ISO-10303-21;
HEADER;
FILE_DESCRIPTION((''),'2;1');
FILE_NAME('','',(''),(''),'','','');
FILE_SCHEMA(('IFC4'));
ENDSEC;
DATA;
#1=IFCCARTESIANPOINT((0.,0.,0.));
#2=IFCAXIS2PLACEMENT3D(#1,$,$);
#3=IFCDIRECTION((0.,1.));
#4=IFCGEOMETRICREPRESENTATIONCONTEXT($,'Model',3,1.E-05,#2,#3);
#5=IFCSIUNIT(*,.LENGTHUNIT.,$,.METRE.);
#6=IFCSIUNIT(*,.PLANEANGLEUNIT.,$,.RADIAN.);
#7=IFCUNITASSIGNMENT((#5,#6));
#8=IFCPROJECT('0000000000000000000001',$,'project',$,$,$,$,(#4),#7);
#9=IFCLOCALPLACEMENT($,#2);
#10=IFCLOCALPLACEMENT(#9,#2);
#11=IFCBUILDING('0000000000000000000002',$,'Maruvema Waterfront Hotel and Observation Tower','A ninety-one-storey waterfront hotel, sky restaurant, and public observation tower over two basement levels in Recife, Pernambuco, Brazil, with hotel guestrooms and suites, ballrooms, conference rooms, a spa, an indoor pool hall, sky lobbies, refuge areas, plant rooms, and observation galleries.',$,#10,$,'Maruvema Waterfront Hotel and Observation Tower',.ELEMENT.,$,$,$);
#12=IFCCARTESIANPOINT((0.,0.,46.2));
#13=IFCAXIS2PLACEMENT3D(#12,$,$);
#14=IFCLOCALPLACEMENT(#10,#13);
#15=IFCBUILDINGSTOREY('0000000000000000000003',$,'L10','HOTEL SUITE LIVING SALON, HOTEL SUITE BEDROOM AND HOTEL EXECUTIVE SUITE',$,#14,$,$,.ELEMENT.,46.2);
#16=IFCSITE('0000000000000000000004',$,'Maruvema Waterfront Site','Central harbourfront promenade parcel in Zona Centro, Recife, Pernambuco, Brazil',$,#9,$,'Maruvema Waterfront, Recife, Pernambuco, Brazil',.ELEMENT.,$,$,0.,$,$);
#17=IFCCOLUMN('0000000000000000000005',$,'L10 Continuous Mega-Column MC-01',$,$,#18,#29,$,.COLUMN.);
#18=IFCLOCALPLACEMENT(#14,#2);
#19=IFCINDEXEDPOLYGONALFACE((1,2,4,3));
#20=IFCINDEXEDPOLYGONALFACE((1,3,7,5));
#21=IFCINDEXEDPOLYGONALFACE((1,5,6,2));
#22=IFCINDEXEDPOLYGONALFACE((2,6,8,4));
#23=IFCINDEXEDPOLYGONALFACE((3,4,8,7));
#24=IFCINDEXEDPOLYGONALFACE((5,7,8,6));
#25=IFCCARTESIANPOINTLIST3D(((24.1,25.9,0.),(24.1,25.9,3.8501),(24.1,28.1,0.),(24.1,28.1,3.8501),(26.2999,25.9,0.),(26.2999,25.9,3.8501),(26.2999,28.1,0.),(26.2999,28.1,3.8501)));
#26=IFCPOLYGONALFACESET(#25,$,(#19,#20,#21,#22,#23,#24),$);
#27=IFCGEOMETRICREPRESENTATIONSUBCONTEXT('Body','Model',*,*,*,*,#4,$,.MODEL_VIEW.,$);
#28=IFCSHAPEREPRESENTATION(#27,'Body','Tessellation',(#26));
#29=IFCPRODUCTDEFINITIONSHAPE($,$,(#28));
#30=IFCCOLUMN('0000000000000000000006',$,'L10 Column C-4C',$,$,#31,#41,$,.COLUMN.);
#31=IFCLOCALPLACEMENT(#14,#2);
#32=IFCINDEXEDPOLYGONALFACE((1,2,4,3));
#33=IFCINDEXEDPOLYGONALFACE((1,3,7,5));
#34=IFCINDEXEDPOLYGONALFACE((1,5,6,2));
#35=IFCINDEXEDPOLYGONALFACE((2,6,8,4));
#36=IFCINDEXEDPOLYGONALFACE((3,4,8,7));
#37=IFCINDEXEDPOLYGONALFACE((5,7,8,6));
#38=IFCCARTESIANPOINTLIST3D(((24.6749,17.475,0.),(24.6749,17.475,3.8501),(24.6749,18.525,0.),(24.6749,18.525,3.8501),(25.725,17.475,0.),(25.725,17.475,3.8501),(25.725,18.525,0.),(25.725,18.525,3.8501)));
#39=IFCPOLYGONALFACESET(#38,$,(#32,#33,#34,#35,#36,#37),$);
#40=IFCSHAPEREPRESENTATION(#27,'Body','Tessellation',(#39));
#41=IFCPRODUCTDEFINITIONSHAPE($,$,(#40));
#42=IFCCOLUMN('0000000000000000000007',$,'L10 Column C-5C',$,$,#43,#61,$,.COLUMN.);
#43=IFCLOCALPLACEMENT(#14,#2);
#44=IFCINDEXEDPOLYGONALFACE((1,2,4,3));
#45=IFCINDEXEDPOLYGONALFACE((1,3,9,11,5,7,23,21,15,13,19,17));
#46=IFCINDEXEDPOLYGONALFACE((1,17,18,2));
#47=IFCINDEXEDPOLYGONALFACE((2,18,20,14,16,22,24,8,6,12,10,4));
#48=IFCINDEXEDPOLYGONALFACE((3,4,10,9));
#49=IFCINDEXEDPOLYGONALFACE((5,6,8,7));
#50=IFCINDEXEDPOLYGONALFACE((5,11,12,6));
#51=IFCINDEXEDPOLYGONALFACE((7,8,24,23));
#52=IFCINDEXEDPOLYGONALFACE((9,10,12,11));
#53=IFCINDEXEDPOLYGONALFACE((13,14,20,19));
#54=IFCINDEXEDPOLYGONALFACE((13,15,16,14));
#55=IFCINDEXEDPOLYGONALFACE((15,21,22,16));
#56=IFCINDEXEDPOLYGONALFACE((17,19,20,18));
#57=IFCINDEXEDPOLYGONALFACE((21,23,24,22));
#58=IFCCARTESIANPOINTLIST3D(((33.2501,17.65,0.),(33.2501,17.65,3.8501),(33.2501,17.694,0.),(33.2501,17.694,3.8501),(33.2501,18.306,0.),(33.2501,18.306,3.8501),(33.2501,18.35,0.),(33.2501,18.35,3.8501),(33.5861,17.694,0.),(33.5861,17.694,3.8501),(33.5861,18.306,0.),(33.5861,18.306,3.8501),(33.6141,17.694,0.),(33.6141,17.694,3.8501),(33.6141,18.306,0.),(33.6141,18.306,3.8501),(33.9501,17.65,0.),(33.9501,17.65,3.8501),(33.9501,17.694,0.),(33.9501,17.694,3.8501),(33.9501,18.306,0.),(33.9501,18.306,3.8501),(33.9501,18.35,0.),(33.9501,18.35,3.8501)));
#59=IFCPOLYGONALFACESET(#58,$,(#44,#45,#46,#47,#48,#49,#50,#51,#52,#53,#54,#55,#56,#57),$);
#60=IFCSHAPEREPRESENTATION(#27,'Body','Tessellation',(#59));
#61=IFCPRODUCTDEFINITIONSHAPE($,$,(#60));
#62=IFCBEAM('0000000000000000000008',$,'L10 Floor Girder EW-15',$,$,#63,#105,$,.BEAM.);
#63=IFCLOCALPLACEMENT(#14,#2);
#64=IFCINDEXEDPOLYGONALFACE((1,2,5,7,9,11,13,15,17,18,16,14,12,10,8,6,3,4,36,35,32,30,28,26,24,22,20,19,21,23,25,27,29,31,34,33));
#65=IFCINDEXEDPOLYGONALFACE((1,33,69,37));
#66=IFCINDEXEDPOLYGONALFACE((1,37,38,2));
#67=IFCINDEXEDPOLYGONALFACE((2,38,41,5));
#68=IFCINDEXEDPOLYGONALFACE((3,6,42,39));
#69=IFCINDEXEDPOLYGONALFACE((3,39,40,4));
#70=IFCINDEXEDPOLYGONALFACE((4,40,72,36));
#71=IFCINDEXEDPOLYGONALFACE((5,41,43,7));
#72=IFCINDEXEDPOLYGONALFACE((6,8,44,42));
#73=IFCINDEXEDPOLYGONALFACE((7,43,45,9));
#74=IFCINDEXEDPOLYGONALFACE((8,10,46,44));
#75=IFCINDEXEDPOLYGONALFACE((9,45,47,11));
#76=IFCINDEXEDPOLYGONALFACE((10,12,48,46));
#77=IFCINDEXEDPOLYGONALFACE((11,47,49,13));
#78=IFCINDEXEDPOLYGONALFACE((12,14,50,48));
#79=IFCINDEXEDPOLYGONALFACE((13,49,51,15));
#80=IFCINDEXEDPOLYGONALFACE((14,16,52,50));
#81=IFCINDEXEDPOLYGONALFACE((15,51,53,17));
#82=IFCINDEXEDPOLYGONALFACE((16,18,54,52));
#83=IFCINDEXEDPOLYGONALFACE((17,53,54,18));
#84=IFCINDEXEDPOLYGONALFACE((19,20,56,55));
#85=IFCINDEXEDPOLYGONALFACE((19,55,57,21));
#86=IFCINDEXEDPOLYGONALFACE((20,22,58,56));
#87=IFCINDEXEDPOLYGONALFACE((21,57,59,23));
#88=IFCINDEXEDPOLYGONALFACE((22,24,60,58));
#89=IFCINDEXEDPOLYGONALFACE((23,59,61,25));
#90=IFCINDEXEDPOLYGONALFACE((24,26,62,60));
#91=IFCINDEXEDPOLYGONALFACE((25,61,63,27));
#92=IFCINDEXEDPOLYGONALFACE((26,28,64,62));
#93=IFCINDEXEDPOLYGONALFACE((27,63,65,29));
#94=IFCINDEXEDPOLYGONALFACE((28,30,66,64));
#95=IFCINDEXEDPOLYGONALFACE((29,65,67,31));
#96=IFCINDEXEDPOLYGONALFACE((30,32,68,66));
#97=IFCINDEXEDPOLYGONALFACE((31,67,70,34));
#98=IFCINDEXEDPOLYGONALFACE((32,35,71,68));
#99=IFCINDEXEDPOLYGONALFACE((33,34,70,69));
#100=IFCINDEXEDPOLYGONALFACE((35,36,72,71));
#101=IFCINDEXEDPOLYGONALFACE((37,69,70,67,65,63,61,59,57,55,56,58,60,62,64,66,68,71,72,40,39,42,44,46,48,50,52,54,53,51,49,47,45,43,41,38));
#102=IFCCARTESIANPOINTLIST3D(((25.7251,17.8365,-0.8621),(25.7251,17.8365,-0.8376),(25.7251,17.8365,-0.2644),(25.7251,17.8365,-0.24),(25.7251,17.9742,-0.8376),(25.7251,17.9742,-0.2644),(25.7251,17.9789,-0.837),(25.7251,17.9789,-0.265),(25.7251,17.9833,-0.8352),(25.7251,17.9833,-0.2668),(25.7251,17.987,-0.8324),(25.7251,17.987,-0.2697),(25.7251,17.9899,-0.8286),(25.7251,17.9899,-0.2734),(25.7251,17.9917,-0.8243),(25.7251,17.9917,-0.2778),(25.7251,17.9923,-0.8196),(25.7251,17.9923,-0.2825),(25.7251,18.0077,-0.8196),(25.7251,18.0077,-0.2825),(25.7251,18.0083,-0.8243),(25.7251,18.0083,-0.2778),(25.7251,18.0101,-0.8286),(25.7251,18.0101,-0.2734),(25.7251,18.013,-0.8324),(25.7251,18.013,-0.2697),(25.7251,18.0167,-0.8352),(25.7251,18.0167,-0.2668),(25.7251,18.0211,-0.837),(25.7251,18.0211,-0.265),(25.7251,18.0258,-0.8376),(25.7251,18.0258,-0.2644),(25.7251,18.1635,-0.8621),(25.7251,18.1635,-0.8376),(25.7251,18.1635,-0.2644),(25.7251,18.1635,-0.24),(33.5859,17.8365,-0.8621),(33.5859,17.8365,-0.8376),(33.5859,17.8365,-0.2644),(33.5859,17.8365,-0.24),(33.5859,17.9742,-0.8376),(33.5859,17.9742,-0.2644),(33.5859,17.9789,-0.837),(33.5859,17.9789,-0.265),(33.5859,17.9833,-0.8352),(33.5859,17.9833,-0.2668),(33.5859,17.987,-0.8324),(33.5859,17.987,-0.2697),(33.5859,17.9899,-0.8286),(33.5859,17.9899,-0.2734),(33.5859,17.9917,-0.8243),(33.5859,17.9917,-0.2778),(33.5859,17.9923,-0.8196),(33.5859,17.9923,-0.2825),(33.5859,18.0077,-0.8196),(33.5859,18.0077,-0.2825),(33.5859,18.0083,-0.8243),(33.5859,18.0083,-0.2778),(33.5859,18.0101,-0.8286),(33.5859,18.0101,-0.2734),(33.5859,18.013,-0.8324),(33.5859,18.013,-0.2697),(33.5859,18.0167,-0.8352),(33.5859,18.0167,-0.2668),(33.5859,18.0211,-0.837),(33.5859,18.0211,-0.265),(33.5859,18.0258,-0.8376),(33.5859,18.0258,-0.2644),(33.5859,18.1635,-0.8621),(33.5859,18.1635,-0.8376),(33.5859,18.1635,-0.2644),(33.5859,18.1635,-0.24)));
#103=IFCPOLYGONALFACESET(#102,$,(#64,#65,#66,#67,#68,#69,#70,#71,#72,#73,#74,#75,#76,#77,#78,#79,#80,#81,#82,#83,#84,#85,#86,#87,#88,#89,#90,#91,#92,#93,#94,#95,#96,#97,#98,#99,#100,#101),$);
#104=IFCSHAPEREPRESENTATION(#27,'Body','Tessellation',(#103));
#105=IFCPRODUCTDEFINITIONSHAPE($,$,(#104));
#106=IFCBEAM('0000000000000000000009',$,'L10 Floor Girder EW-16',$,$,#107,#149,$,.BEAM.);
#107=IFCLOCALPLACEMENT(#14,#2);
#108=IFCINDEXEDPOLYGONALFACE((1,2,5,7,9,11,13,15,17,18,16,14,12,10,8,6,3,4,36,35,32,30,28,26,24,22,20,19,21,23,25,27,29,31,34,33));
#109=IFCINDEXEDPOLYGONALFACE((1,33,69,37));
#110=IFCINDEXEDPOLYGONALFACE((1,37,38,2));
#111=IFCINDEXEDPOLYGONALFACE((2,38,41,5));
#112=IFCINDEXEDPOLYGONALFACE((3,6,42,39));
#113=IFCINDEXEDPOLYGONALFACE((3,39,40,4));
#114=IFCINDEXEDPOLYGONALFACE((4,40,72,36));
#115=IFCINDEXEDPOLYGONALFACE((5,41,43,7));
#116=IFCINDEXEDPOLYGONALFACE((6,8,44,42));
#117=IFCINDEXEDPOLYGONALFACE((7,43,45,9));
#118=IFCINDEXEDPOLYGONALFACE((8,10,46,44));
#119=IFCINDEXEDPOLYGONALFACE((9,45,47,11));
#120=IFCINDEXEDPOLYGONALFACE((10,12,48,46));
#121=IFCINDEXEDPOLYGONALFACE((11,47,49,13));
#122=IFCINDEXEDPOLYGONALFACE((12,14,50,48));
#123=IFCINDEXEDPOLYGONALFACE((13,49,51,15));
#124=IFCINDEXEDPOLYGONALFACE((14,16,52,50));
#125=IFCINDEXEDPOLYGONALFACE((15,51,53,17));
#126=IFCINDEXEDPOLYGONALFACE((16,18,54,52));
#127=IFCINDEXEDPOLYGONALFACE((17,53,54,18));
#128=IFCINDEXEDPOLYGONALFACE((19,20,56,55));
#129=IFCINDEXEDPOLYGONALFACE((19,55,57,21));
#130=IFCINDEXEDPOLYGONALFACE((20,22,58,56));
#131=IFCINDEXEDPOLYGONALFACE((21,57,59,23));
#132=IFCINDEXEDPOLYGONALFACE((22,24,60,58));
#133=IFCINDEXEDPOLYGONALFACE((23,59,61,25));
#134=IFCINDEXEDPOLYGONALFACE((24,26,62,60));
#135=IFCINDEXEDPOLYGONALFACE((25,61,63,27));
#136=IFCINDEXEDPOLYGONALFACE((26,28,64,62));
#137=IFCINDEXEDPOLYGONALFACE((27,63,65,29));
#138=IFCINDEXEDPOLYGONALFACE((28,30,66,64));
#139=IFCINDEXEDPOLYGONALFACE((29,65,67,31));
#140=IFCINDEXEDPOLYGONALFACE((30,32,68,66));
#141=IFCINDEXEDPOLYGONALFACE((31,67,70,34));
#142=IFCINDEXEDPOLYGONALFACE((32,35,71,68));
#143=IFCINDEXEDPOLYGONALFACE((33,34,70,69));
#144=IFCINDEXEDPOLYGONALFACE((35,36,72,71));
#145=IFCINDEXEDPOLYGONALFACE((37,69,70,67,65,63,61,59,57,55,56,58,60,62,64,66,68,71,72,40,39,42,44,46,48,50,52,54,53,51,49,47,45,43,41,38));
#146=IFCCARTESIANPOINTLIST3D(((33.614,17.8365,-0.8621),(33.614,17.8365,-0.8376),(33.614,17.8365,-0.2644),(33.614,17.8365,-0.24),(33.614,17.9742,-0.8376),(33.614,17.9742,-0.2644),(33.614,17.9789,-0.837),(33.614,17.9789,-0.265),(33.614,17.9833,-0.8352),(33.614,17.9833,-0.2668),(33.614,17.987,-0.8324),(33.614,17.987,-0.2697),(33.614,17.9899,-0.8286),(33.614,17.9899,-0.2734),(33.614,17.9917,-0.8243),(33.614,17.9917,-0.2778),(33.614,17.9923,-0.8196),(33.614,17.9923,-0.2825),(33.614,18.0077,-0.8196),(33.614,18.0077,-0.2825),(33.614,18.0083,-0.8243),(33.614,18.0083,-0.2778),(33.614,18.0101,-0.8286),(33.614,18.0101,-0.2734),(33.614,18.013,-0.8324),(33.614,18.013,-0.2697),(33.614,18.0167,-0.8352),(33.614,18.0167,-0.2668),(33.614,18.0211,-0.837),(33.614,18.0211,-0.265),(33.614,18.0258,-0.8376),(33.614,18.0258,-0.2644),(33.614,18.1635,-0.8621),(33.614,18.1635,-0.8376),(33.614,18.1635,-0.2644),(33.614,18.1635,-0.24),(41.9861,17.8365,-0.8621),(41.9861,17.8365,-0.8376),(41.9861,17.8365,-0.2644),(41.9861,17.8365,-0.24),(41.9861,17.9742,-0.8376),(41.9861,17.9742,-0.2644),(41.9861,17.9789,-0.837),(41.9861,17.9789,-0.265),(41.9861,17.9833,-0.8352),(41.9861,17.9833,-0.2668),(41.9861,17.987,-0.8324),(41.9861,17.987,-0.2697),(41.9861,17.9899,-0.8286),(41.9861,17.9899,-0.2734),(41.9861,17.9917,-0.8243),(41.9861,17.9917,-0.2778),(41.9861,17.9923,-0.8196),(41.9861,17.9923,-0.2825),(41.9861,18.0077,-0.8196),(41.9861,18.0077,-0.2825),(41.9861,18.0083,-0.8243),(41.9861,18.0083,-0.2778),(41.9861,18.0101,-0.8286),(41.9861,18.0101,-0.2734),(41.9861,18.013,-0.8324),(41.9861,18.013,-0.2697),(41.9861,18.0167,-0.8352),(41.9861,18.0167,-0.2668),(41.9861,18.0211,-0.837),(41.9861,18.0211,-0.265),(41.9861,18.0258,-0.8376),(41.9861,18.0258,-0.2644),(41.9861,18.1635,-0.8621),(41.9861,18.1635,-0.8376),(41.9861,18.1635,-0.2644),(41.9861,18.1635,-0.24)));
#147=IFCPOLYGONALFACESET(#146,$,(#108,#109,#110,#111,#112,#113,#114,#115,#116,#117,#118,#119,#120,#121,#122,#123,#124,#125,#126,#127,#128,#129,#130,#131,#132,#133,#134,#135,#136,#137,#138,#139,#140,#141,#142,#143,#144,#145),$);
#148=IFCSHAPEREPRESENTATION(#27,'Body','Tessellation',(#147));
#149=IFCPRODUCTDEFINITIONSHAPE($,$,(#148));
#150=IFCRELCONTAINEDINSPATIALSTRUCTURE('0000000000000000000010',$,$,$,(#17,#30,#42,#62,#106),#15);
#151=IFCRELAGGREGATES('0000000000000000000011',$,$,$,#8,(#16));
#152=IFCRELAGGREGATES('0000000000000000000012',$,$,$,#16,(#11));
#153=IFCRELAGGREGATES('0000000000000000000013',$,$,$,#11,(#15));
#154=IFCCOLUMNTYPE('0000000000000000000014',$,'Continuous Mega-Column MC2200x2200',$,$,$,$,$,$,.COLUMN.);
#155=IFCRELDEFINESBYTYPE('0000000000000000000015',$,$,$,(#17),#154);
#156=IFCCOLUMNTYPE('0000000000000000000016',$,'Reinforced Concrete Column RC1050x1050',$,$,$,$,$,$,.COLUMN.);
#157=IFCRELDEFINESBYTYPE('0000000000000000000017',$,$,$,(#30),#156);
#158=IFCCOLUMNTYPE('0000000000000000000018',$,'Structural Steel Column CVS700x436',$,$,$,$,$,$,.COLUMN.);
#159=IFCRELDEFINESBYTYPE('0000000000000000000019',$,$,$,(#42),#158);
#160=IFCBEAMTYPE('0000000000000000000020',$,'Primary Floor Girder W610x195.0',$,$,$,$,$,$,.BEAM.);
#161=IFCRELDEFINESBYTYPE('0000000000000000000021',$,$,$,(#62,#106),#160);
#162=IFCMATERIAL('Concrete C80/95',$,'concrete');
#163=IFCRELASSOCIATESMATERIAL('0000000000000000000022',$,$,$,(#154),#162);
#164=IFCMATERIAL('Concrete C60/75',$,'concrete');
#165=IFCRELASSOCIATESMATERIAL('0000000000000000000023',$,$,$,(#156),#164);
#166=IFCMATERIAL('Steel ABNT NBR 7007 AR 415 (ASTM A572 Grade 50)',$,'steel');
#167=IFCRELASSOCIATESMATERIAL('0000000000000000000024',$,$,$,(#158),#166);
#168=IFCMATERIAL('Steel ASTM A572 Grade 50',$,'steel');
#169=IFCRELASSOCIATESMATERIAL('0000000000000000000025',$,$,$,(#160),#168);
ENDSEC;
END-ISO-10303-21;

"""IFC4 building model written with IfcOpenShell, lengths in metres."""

from ifc_helpers import new_model, si_unit, direction, frame, origin, origin_2d, place, context, subcontext, project, spatial, rectangle, i_section, extrude, material, material_profile, profile_set, type_object, element, save


model = new_model("IFC4")

# Units and contexts
model_context = context("Model", 3, precision=1e-05, world=origin(), true_north=direction((0.0, 1.0)))
body_context = subcontext(model_context, "Body", "Model", "MODEL_VIEW")
ifc_project = project(units=[si_unit("LENGTHUNIT", "METRE"), si_unit("PLANEANGLEUNIT", "RADIAN")], contexts=[model_context])

# Site, building, storey
site_placement = place(None, origin())
site = spatial("IfcSite", under=ifc_project, at=site_placement, Name="Maruvema Waterfront Site", Description="Central harbourfront promenade parcel in Zona Centro, Recife, Pernambuco, Brazil", LongName="Maruvema Waterfront, Recife, Pernambuco, Brazil", CompositionType="ELEMENT", RefElevation=0.0)
building_placement = place(site_placement, origin())
building = spatial("IfcBuilding", under=site, at=building_placement, Name="Maruvema Waterfront Hotel and Observation Tower", Description="A ninety-one-storey waterfront hotel, sky restaurant, and public observation tower over two basement levels in Recife, Pernambuco, Brazil, with hotel guestrooms and suites, ballrooms, conference rooms, a spa, an indoor pool hall, sky lobbies, refuge areas, plant rooms, and observation galleries.", LongName="Maruvema Waterfront Hotel and Observation Tower", CompositionType="ELEMENT")
storey_placement = place(building_placement, frame((0.0, 0.0, 46.2)))
storey = spatial("IfcBuildingStorey", under=building, at=storey_placement, Name="L10", Description="HOTEL SUITE LIVING SALON, HOTEL SUITE BEDROOM AND HOTEL EXECUTIVE SUITE", CompositionType="ELEMENT", Elevation=46.2)

# Columns
ifc_material_1 = material(Name="Concrete C80/95", Category="concrete")
ifc_material_profile_1 = material_profile(ifc_material_1, rectangle(XDim=2.2, YDim=2.2, at=origin_2d()), Name="MC2200x2200")
ifc_profile_set_1 = profile_set([ifc_material_profile_1], Name="Concrete C80/95")
column_type_1 = type_object("IfcColumnType", Name="Continuous Mega-Column MC2200x2200", PredefinedType="COLUMN", material=ifc_profile_set_1)
column_1_placement = place(storey_placement, frame((25.2, 27.0, 0.0), z_axis=(0.0, 0.0, 1.0), x_axis=(1.0, 0.0, 0.0)))
element("IfcColumn", 1, at=column_1_placement, inside=storey, type_object=column_type_1, Name="L10 Continuous Mega-Column MC-01", PredefinedType="COLUMN", context=body_context, shape_type="SweptSolid", body=[
    extrude(rectangle(XDim=2.2, YDim=2.2, at=origin_2d()), origin(), (0.0, 0.0, 1.0), 3.8501),
])
ifc_material_2 = material(Name="Concrete C60/75", Category="concrete")
ifc_material_profile_2 = material_profile(ifc_material_2, rectangle(XDim=1.05, YDim=1.05, at=origin_2d()), Name="RC1050x1050")
ifc_profile_set_2 = profile_set([ifc_material_profile_2], Name="Concrete C60/75")
column_type_2 = type_object("IfcColumnType", Name="Reinforced Concrete Column RC1050x1050", PredefinedType="COLUMN", material=ifc_profile_set_2)
column_2_placement = place(storey_placement, frame((25.2, 18.0, 0.0), z_axis=(0.0, 0.0, 1.0), x_axis=(1.0, 0.0, 0.0)))
element("IfcColumn", 2, at=column_2_placement, inside=storey, type_object=column_type_2, Name="L10 Column C-4C", PredefinedType="COLUMN", context=body_context, shape_type="SweptSolid", body=[
    extrude(rectangle(XDim=1.05, YDim=1.05, at=origin_2d()), origin(), (0.0, 0.0, 1.0), 3.8501),
])
ifc_material_3 = material(Name="Steel ABNT NBR 7007 AR 415 (ASTM A572 Grade 50)", Category="steel")
ifc_material_profile_3 = material_profile(ifc_material_3, i_section(OverallWidth=0.7, OverallDepth=0.7, WebThickness=0.0281, FlangeThickness=0.0439, at=origin_2d()), Name="CVS700x436")
ifc_profile_set_3 = profile_set([ifc_material_profile_3], Name="Steel ABNT NBR 7007 AR 415 (ASTM A572 Grade 50)")
column_type_3 = type_object("IfcColumnType", Name="Structural Steel Column CVS700x436", PredefinedType="COLUMN", material=ifc_profile_set_3)
column_3_placement = place(storey_placement, frame((33.6001, 18.0, 0.0), z_axis=(0.0, 0.0, 1.0), x_axis=(1.0, 0.0, 0.0)))
element("IfcColumn", 3, at=column_3_placement, inside=storey, type_object=column_type_3, Name="L10 Column C-5C", PredefinedType="COLUMN", context=body_context, shape_type="SweptSolid", body=[
    extrude(i_section(OverallWidth=0.7, OverallDepth=0.7, WebThickness=0.0281, FlangeThickness=0.0439, at=origin_2d()), origin(), (0.0, 0.0, 1.0), 3.8501),
])

# Beams
ifc_material_4 = material(Name="Steel ASTM A572 Grade 50", Category="steel")
ifc_material_profile_4 = material_profile(ifc_material_4, i_section(OverallWidth=0.3269, OverallDepth=0.6221, WebThickness=0.0154, FlangeThickness=0.0244, FilletRadius=0.0181, at=origin_2d()), Name="W610x195.0")
ifc_profile_set_4 = profile_set([ifc_material_profile_4], Name="Steel ASTM A572 Grade 50")
beam_type = type_object("IfcBeamType", Name="Primary Floor Girder W610x195.0", PredefinedType="BEAM", material=ifc_profile_set_4)
beam_1_placement = place(storey_placement, frame((25.7251, 18.0, -0.551), z_axis=(1.0, 0.0, 0.0), x_axis=(0.0, 1.0, 0.0)))
element("IfcBeam", 4, at=beam_1_placement, inside=storey, type_object=beam_type, Name="L10 Floor Girder EW-15", PredefinedType="BEAM", context=body_context, shape_type="SweptSolid", body=[
    extrude(i_section(OverallWidth=0.3269, OverallDepth=0.6221, WebThickness=0.0154, FlangeThickness=0.0244, FilletRadius=0.0181, at=origin_2d()), origin(), (0.0, 0.0, 1.0), 7.8608),
])
beam_2_placement = place(storey_placement, frame((33.614, 18.0, -0.551), z_axis=(1.0, 0.0, 0.0), x_axis=(0.0, 1.0, 0.0)))
element("IfcBeam", 5, at=beam_2_placement, inside=storey, type_object=beam_type, Name="L10 Floor Girder EW-16", PredefinedType="BEAM", context=body_context, shape_type="SweptSolid", body=[
    extrude(i_section(OverallWidth=0.3269, OverallDepth=0.6221, WebThickness=0.0154, FlangeThickness=0.0244, FilletRadius=0.0181, at=origin_2d()), origin(), (0.0, 0.0, 1.0), 8.3721),
])

save(model, "model.ifc")
